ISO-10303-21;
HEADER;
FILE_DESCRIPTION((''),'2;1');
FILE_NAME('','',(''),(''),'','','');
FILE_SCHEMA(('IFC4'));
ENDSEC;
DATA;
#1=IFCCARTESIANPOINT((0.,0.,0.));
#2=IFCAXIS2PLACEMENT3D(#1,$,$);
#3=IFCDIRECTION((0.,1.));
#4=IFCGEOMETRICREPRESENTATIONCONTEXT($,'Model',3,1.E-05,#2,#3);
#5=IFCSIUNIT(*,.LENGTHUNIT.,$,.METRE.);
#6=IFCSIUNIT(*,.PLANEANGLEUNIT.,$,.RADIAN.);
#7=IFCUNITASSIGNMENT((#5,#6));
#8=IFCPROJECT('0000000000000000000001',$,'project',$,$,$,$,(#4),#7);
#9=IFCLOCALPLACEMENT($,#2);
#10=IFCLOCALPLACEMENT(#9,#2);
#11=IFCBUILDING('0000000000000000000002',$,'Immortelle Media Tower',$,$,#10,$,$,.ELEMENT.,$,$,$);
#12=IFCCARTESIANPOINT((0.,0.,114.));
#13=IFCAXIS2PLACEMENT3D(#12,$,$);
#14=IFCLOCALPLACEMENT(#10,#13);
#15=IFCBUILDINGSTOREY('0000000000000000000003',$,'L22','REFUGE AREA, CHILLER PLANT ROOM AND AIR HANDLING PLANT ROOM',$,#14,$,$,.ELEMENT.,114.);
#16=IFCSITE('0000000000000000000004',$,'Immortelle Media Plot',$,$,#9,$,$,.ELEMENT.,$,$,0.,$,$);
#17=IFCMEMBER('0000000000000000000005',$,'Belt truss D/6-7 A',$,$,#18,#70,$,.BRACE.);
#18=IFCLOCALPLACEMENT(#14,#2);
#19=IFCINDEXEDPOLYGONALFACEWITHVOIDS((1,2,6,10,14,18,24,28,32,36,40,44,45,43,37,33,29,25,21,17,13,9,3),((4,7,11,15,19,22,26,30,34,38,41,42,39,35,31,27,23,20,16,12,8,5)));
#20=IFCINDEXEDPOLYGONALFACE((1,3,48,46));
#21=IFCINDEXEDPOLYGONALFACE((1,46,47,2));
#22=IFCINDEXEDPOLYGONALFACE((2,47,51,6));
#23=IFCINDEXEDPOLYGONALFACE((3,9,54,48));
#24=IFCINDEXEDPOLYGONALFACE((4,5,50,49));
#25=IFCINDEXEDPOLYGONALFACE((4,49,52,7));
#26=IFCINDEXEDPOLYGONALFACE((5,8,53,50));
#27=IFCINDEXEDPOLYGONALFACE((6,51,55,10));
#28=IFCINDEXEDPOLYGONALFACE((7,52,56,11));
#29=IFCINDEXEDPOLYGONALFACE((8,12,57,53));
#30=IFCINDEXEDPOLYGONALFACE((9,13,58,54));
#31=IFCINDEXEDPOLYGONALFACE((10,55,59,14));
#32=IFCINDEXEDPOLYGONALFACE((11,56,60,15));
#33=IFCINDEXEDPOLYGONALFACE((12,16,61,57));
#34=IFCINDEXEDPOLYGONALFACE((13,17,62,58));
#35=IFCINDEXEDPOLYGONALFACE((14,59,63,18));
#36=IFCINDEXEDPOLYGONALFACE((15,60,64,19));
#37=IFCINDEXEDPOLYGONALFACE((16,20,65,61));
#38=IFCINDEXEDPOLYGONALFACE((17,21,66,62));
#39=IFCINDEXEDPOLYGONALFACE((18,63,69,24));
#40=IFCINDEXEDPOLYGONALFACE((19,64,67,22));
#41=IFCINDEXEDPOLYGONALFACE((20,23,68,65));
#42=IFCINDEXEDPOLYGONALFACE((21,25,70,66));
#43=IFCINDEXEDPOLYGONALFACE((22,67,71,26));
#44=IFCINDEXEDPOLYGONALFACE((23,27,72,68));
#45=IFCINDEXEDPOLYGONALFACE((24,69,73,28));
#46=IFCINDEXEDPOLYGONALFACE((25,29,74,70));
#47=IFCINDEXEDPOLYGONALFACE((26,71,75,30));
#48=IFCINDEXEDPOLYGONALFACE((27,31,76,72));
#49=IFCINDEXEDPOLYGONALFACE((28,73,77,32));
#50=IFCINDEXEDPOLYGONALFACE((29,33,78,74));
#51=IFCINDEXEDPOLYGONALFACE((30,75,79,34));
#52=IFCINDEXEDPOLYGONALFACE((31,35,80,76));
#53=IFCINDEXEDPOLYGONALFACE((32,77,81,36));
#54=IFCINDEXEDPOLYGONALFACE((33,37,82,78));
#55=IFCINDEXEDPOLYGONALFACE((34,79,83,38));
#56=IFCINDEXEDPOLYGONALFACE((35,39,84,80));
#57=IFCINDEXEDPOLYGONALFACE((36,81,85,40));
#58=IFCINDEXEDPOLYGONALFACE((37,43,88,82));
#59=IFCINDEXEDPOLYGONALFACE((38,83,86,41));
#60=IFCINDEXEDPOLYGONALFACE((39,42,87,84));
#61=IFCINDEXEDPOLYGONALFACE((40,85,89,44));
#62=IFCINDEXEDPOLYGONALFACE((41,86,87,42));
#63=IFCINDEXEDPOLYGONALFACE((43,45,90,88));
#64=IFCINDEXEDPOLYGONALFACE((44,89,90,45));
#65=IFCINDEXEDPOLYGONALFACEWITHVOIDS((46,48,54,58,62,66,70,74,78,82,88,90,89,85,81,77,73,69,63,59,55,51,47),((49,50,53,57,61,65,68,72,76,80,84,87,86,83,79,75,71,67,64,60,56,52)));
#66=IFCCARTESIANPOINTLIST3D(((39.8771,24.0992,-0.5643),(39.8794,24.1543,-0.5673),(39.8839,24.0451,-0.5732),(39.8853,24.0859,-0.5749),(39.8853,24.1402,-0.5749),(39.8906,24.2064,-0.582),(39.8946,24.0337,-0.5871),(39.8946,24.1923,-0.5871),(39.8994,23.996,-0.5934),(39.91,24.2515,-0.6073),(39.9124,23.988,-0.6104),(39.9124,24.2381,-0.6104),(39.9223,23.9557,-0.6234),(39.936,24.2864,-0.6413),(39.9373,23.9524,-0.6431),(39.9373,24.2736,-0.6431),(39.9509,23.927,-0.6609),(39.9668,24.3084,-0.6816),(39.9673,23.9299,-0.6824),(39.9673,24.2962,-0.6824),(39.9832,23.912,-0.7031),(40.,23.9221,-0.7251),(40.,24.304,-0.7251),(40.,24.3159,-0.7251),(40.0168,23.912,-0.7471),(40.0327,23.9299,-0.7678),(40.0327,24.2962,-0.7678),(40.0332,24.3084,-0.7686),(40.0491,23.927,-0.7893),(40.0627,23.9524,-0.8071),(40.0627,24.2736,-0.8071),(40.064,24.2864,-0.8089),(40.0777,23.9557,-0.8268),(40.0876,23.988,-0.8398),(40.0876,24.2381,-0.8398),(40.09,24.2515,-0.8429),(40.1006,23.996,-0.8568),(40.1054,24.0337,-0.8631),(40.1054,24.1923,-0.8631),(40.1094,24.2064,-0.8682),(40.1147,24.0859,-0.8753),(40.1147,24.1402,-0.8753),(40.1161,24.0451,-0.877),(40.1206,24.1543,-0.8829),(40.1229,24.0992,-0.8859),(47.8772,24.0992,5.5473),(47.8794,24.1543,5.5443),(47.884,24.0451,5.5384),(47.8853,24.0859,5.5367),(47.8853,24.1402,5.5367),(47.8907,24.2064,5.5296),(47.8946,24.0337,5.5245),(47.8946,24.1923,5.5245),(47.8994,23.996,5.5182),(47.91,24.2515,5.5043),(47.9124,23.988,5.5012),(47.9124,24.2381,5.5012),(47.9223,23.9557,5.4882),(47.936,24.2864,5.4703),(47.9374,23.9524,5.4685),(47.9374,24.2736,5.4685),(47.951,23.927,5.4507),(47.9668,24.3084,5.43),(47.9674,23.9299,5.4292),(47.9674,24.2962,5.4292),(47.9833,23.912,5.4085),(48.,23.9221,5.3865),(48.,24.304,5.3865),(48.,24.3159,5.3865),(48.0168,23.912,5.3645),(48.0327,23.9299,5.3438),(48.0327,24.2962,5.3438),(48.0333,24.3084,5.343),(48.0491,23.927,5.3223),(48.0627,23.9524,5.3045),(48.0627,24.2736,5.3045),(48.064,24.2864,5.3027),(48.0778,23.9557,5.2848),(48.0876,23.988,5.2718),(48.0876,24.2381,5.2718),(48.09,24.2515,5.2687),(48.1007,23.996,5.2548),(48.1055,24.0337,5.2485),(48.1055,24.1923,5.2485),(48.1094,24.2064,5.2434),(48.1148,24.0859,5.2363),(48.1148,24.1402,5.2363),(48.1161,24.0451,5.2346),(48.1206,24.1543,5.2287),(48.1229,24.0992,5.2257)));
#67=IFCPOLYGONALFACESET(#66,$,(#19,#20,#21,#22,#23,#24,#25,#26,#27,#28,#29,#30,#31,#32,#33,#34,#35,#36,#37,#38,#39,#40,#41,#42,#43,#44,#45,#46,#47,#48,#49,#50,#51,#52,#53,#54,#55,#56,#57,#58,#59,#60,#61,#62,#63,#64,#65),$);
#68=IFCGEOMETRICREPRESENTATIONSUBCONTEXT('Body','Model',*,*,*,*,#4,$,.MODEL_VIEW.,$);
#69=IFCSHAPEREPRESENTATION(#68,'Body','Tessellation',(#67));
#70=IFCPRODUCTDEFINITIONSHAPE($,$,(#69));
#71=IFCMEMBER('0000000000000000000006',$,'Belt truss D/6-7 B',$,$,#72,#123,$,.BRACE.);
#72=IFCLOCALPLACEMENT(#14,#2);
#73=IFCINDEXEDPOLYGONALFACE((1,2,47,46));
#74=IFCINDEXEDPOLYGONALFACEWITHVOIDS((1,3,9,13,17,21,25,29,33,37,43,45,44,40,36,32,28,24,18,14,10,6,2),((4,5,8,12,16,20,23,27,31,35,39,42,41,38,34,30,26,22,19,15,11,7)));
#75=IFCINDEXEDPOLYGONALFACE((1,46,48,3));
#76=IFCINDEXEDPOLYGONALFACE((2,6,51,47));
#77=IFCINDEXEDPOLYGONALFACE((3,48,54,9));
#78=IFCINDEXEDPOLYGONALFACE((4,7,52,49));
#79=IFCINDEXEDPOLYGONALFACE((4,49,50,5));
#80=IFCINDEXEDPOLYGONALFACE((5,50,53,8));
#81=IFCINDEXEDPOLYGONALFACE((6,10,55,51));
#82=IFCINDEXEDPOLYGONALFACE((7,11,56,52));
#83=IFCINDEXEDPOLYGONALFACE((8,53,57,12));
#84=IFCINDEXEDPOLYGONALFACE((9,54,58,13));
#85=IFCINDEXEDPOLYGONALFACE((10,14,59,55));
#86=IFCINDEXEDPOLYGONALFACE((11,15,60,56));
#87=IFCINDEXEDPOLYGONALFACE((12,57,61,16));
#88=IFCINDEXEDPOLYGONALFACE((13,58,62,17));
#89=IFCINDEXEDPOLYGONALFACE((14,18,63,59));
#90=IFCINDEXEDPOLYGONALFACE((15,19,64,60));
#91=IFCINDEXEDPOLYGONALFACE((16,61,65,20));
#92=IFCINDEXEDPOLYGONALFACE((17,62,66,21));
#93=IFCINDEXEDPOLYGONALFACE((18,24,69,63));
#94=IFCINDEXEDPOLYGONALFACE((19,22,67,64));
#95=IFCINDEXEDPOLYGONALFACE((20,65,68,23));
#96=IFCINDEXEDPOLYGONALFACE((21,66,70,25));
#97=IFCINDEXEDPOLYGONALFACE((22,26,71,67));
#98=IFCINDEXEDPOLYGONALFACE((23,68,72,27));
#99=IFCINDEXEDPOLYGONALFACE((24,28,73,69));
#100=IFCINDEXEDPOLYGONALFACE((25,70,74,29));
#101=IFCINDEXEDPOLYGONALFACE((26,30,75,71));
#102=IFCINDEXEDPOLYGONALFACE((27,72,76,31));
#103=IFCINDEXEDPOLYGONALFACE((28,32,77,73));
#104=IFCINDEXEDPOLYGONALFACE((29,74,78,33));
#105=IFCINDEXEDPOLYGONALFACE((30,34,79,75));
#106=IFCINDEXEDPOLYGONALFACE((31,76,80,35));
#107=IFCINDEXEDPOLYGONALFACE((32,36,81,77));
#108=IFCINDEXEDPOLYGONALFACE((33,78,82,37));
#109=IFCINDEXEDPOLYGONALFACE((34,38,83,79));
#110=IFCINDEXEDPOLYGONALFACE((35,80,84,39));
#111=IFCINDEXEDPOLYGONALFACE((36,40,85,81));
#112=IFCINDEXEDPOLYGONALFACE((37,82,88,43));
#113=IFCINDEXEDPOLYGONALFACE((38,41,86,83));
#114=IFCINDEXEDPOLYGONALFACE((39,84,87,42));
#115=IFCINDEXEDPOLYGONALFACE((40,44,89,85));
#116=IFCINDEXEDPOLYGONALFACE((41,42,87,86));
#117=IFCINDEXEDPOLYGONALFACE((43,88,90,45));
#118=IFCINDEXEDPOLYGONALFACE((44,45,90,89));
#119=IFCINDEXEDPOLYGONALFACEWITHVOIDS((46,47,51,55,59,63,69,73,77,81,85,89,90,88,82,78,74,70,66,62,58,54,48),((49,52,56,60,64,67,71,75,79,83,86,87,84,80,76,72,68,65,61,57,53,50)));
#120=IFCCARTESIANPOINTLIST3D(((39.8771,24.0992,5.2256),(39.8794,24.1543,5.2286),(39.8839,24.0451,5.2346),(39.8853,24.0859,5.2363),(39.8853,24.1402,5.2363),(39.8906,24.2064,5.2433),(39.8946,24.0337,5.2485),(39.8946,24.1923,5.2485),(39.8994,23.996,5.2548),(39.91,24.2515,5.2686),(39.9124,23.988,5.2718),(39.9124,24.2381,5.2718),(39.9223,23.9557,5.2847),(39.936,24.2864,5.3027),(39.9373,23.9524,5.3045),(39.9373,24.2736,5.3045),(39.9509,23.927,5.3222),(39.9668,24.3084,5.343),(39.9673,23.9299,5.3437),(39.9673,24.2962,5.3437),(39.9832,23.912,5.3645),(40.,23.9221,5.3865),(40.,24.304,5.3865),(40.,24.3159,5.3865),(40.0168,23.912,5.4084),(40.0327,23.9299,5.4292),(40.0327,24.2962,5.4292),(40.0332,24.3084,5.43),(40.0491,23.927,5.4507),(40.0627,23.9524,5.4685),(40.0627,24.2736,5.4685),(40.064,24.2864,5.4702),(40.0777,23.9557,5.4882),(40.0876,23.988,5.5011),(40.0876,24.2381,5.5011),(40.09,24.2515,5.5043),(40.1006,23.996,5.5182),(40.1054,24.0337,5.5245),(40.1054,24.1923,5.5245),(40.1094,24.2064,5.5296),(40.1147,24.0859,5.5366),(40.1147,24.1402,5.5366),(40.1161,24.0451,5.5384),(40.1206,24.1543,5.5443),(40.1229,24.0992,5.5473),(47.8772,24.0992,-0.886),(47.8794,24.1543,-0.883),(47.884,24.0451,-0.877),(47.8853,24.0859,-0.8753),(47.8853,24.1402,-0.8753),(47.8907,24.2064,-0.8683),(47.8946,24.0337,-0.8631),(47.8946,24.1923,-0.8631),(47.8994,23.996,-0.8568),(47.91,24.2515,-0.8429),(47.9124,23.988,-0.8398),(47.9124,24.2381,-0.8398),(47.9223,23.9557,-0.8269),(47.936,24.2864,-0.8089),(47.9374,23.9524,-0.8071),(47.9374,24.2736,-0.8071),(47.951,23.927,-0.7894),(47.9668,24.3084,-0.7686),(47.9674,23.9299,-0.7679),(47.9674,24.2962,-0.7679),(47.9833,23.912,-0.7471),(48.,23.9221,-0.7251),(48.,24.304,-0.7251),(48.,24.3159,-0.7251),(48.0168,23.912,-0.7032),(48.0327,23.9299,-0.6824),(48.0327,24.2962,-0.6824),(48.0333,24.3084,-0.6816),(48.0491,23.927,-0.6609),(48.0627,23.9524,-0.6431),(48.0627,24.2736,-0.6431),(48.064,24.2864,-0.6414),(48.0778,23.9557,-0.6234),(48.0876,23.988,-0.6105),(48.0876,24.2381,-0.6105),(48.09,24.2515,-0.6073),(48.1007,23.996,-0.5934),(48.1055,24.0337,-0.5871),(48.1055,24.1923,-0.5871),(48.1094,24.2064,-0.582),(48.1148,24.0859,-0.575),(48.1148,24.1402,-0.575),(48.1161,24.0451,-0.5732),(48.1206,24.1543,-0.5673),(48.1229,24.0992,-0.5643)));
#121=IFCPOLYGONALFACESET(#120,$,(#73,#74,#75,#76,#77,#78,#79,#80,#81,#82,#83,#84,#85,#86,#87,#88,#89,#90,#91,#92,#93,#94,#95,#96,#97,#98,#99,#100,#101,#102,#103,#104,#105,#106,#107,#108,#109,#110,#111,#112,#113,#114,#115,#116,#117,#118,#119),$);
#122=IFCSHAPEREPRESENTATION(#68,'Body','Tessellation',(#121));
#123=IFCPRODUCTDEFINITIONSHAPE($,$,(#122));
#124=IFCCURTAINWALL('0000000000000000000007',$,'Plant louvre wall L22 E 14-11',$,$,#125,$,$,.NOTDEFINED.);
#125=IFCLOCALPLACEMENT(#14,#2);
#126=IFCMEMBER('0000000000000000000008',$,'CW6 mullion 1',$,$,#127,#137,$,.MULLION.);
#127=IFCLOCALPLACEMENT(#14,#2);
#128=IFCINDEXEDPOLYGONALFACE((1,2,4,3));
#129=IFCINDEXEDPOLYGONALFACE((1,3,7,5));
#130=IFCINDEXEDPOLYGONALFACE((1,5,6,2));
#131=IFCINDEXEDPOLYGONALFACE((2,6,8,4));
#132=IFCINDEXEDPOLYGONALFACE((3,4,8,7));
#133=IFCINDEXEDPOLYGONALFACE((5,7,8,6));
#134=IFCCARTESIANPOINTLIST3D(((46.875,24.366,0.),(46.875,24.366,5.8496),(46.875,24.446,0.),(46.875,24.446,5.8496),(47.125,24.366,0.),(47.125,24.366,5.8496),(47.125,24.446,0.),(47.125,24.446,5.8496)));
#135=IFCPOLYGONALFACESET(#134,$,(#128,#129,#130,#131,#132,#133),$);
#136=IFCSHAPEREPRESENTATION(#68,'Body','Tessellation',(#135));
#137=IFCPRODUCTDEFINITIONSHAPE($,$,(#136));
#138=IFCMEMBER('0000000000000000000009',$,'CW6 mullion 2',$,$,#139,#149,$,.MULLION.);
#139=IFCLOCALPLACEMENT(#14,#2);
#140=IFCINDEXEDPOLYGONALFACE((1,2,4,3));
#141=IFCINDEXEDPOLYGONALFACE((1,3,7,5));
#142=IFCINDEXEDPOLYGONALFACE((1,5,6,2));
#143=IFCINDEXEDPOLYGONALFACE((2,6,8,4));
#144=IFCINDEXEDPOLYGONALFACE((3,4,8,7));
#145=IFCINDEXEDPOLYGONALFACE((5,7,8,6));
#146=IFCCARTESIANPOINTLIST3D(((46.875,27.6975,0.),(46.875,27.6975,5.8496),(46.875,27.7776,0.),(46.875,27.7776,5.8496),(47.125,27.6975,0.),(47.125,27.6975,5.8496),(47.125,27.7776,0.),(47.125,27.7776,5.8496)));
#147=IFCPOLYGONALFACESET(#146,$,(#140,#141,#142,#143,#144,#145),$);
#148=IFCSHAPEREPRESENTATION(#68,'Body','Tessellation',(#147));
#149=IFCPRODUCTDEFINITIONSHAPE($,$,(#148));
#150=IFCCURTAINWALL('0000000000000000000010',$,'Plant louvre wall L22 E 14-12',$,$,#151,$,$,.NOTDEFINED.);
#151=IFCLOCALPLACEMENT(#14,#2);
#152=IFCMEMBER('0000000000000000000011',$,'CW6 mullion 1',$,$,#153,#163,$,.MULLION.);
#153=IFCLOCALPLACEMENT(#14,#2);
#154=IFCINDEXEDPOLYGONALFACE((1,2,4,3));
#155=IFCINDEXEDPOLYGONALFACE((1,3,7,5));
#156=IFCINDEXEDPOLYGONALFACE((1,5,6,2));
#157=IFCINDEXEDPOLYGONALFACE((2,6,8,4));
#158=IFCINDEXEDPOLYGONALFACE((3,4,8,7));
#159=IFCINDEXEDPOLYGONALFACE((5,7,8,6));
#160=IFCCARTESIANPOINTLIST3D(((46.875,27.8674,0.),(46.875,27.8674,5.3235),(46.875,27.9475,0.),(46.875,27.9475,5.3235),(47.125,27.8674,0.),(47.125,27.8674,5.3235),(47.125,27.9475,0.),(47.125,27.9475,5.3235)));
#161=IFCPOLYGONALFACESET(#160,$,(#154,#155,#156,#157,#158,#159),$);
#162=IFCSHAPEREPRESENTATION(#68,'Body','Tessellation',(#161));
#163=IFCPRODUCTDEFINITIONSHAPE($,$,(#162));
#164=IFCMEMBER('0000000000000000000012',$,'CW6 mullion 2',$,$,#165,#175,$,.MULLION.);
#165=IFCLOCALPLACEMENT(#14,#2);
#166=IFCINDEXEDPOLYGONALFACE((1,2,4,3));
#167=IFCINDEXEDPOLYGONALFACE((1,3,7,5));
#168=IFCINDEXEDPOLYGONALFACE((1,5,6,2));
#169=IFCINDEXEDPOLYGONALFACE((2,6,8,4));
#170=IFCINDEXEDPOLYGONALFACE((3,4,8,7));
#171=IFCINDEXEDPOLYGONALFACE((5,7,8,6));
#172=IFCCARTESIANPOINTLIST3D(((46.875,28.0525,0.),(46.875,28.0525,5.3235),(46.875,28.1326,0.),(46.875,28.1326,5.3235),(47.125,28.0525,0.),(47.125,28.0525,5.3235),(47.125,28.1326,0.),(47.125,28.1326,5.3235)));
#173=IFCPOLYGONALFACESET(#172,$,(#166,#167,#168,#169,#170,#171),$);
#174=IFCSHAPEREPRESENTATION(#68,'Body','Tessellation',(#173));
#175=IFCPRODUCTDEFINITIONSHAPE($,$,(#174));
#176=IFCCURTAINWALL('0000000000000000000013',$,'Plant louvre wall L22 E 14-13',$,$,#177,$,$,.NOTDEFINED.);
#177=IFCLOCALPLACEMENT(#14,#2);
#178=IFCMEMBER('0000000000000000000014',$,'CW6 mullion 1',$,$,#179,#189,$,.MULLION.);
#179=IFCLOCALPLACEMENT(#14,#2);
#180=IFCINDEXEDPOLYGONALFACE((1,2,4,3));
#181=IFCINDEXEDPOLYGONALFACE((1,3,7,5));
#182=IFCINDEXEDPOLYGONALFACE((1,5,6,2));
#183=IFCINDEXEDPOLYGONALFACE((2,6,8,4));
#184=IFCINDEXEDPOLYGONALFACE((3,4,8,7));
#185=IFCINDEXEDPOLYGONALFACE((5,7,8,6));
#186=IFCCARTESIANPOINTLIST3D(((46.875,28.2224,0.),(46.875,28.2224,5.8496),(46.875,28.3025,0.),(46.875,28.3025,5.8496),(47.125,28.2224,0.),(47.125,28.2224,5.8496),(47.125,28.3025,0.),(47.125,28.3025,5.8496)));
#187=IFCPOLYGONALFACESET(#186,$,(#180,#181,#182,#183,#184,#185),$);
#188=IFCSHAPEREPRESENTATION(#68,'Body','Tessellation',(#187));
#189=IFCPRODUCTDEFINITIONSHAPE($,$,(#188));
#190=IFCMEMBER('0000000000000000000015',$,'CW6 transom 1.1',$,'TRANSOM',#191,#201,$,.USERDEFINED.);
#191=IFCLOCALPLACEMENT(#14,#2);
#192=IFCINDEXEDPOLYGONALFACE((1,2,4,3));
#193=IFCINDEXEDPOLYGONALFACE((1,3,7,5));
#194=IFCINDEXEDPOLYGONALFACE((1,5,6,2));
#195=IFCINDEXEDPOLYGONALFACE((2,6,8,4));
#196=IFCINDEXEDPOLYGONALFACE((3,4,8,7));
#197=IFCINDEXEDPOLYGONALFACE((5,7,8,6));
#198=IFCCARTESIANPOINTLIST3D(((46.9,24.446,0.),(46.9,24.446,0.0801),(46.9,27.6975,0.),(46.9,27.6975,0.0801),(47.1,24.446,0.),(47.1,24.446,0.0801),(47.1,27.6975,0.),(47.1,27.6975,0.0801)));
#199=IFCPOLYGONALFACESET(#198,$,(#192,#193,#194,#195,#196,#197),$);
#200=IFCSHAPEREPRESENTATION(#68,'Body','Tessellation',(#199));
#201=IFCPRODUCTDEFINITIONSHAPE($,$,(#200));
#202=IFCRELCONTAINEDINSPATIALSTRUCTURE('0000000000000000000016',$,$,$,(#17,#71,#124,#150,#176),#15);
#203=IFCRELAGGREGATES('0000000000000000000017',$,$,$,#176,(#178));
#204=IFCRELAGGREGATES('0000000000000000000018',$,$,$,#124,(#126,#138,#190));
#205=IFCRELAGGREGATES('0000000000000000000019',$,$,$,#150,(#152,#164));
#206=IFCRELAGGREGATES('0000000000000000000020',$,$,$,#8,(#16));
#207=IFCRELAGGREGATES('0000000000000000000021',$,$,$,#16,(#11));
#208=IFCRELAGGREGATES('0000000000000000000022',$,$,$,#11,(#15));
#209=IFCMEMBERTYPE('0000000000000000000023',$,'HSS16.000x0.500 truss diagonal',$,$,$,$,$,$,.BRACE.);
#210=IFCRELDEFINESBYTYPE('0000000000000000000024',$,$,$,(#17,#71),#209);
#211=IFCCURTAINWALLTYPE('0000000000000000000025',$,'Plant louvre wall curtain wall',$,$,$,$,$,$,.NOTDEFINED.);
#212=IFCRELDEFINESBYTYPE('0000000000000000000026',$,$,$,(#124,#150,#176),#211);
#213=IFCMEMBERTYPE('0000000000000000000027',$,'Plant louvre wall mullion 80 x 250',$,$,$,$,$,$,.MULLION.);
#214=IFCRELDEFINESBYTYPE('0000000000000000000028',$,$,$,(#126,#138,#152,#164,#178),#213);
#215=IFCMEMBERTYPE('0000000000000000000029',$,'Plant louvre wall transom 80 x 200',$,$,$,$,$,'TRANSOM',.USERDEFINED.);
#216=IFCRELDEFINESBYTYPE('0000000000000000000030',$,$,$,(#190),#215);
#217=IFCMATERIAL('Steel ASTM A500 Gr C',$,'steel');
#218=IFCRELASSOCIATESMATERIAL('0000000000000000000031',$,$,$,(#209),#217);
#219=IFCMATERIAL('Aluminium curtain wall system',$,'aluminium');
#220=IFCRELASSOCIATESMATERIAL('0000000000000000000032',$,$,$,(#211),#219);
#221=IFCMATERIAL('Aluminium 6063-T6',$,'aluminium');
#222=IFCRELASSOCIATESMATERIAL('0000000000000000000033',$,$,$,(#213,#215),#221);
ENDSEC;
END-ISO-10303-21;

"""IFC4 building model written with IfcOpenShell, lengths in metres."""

from ifc_helpers import new_model, si_unit, direction, frame, origin, origin_2d, place, context, subcontext, project, spatial, rectangle, hollow_circle, extrude, material, material_profile, profile_set, type_object, element, aggregate, save


model = new_model("IFC4")

# Units and contexts
model_context = context("Model", 3, precision=1e-05, world=origin(), true_north=direction((0.0, 1.0)))
body_context = subcontext(model_context, "Body", "Model", "MODEL_VIEW")
ifc_project = project(units=[si_unit("LENGTHUNIT", "METRE"), si_unit("PLANEANGLEUNIT", "RADIAN")], contexts=[model_context])

# Site, building, storey
site_placement = place(None, origin())
site = spatial("IfcSite", under=ifc_project, at=site_placement, Name="Immortelle Media Plot", CompositionType="ELEMENT", RefElevation=0.0)
building_placement = place(site_placement, origin())
building = spatial("IfcBuilding", under=site, at=building_placement, Name="Immortelle Media Tower", CompositionType="ELEMENT")
storey_placement = place(building_placement, frame((0.0, 0.0, 114.0)))
storey = spatial("IfcBuildingStorey", under=building, at=storey_placement, Name="L22", Description="REFUGE AREA, CHILLER PLANT ROOM AND AIR HANDLING PLANT ROOM", CompositionType="ELEMENT", Elevation=114.0)

# Members
ifc_material_1 = material(Name="Steel ASTM A500 Gr C", Category="steel")
ifc_material_profile_1 = material_profile(ifc_material_1, hollow_circle(Radius=0.2029, WallThickness=0.012, at=origin_2d()), Name="HSS16.000x0.500 truss diagonal")
ifc_profile_set_1 = profile_set([ifc_material_profile_1], Name="Steel ASTM A500 Gr C")
member_type_1 = type_object("IfcMemberType", Name="HSS16.000x0.500 truss diagonal", PredefinedType="BRACE", material=ifc_profile_set_1)
for number, where, z_axis, x_axis, name in (
    (1, (40.0, 24.113, -0.7251), (0.794649, 0.0, 0.607069), (0.0, 1.0, 0.0), "Belt truss D/6-7 A"),
    (2, (40.0, 24.113, 5.3865), (0.794649, 0.0, -0.607069), (0.0, 1.0, 0.0), "Belt truss D/6-7 B"),
):
    element("IfcMember", number, at=place(storey_placement, frame(where, z_axis=z_axis, x_axis=x_axis)), inside=storey, type_object=member_type_1, Name=name, PredefinedType="BRACE", context=body_context, shape_type="SweptSolid", body=[
        extrude(hollow_circle(Radius=0.2029, WallThickness=0.012, at=origin_2d()), origin(), (0.0, 0.0, 1.0), 10.0674),
    ])

# Curtain walls, members
ifc_material_2 = material(Name="Aluminium curtain wall system", Category="aluminium")
curtain_wall_type = type_object("IfcCurtainWallType", Name="Plant louvre wall curtain wall", PredefinedType="NOTDEFINED", material=ifc_material_2)
curtain_wall_1_placement = place(storey_placement, origin())
curtain_wall_1 = element("IfcCurtainWall", 3, at=curtain_wall_1_placement, inside=storey, type_object=curtain_wall_type, Name="Plant louvre wall L22 E 14-11", PredefinedType="NOTDEFINED")
ifc_material_3 = material(Name="Aluminium 6063-T6", Category="aluminium")
ifc_material_profile_2 = material_profile(ifc_material_3, rectangle(XDim=0.25, YDim=0.0801, at=origin_2d()), Name="AL 80x250")
ifc_profile_set_2 = profile_set([ifc_material_profile_2], Name="Aluminium 6063-T6")
member_type_2 = type_object("IfcMemberType", Name="Plant louvre wall mullion 80 x 250", PredefinedType="MULLION", material=ifc_profile_set_2)
member_1_placement = place(storey_placement, frame((47.0, 24.406, 0.0), z_axis=(0.0, 0.0, 1.0), x_axis=(-1.0, 0.0, 0.0)))
member_1 = element("IfcMember", 4, at=member_1_placement, type_object=member_type_2, Name="CW6 mullion 1", PredefinedType="MULLION", context=body_context, shape_type="SweptSolid", body=[
    extrude(rectangle(XDim=0.25, YDim=0.0801, at=origin_2d()), origin(), (0.0, 0.0, 1.0), 5.8496),
])
member_2_placement = place(storey_placement, frame((47.0, 27.7375, 0.0), z_axis=(0.0, 0.0, 1.0), x_axis=(-1.0, 0.0, 0.0)))
member_2 = element("IfcMember", 5, at=member_2_placement, type_object=member_type_2, Name="CW6 mullion 2", PredefinedType="MULLION", context=body_context, shape_type="SweptSolid", body=[
    extrude(rectangle(XDim=0.25, YDim=0.0801, at=origin_2d()), origin(), (0.0, 0.0, 1.0), 5.8496),
])
curtain_wall_2_placement = place(storey_placement, origin())
curtain_wall_2 = element("IfcCurtainWall", 6, at=curtain_wall_2_placement, inside=storey, type_object=curtain_wall_type, Name="Plant louvre wall L22 E 14-12", PredefinedType="NOTDEFINED")
member_3_placement = place(storey_placement, frame((47.0, 27.9075, 0.0), z_axis=(0.0, 0.0, 1.0), x_axis=(-1.0, 0.0, 0.0)))
member_3 = element("IfcMember", 7, at=member_3_placement, type_object=member_type_2, Name="CW6 mullion 1", PredefinedType="MULLION", context=body_context, shape_type="SweptSolid", body=[
    extrude(rectangle(XDim=0.25, YDim=0.0801, at=origin_2d()), origin(), (0.0, 0.0, 1.0), 5.3235),
])
member_4_placement = place(storey_placement, frame((47.0, 28.0925, 0.0), z_axis=(0.0, 0.0, 1.0), x_axis=(-1.0, 0.0, 0.0)))
member_4 = element("IfcMember", 8, at=member_4_placement, type_object=member_type_2, Name="CW6 mullion 2", PredefinedType="MULLION", context=body_context, shape_type="SweptSolid", body=[
    extrude(rectangle(XDim=0.25, YDim=0.0801, at=origin_2d()), origin(), (0.0, 0.0, 1.0), 5.3235),
])

# Curtain wall, member
curtain_wall_3_placement = place(storey_placement, origin())
curtain_wall_3 = element("IfcCurtainWall", 9, at=curtain_wall_3_placement, inside=storey, type_object=curtain_wall_type, Name="Plant louvre wall L22 E 14-13", PredefinedType="NOTDEFINED")
member_5_placement = place(storey_placement, frame((47.0, 28.2625, 0.0), z_axis=(0.0, 0.0, 1.0), x_axis=(-1.0, 0.0, 0.0)))
member_5 = element("IfcMember", 10, at=member_5_placement, type_object=member_type_2, Name="CW6 mullion 1", PredefinedType="MULLION", context=body_context, shape_type="SweptSolid", body=[
    extrude(rectangle(XDim=0.25, YDim=0.0801, at=origin_2d()), origin(), (0.0, 0.0, 1.0), 5.8496),
])

# Member
ifc_material_profile_3 = material_profile(ifc_material_3, rectangle(XDim=0.2, YDim=0.0801, at=origin_2d()), Name="AL 80x200")
ifc_profile_set_3 = profile_set([ifc_material_profile_3], Name="Aluminium 6063-T6")
member_type_3 = type_object("IfcMemberType", Name="Plant louvre wall transom 80 x 200", ElementType="TRANSOM", PredefinedType="USERDEFINED", material=ifc_profile_set_3)
member_6_placement = place(storey_placement, frame((47.0, 24.446, 0.04), z_axis=(0.0, 1.0, 0.0), x_axis=(-1.0, 0.0, 0.0)))
member_6 = element("IfcMember", 11, at=member_6_placement, type_object=member_type_3, Name="CW6 transom 1.1", ObjectType="TRANSOM", PredefinedType="USERDEFINED", context=body_context, shape_type="SweptSolid", body=[
    extrude(rectangle(XDim=0.2, YDim=0.0801, at=origin_2d()), origin(), (0.0, 0.0, 1.0), 3.2515),
])
aggregate(curtain_wall_3, [member_5])

aggregate(curtain_wall_1, [member_1, member_2, member_6])
aggregate(curtain_wall_2, [member_3, member_4])

save(model, "model.ifc")
